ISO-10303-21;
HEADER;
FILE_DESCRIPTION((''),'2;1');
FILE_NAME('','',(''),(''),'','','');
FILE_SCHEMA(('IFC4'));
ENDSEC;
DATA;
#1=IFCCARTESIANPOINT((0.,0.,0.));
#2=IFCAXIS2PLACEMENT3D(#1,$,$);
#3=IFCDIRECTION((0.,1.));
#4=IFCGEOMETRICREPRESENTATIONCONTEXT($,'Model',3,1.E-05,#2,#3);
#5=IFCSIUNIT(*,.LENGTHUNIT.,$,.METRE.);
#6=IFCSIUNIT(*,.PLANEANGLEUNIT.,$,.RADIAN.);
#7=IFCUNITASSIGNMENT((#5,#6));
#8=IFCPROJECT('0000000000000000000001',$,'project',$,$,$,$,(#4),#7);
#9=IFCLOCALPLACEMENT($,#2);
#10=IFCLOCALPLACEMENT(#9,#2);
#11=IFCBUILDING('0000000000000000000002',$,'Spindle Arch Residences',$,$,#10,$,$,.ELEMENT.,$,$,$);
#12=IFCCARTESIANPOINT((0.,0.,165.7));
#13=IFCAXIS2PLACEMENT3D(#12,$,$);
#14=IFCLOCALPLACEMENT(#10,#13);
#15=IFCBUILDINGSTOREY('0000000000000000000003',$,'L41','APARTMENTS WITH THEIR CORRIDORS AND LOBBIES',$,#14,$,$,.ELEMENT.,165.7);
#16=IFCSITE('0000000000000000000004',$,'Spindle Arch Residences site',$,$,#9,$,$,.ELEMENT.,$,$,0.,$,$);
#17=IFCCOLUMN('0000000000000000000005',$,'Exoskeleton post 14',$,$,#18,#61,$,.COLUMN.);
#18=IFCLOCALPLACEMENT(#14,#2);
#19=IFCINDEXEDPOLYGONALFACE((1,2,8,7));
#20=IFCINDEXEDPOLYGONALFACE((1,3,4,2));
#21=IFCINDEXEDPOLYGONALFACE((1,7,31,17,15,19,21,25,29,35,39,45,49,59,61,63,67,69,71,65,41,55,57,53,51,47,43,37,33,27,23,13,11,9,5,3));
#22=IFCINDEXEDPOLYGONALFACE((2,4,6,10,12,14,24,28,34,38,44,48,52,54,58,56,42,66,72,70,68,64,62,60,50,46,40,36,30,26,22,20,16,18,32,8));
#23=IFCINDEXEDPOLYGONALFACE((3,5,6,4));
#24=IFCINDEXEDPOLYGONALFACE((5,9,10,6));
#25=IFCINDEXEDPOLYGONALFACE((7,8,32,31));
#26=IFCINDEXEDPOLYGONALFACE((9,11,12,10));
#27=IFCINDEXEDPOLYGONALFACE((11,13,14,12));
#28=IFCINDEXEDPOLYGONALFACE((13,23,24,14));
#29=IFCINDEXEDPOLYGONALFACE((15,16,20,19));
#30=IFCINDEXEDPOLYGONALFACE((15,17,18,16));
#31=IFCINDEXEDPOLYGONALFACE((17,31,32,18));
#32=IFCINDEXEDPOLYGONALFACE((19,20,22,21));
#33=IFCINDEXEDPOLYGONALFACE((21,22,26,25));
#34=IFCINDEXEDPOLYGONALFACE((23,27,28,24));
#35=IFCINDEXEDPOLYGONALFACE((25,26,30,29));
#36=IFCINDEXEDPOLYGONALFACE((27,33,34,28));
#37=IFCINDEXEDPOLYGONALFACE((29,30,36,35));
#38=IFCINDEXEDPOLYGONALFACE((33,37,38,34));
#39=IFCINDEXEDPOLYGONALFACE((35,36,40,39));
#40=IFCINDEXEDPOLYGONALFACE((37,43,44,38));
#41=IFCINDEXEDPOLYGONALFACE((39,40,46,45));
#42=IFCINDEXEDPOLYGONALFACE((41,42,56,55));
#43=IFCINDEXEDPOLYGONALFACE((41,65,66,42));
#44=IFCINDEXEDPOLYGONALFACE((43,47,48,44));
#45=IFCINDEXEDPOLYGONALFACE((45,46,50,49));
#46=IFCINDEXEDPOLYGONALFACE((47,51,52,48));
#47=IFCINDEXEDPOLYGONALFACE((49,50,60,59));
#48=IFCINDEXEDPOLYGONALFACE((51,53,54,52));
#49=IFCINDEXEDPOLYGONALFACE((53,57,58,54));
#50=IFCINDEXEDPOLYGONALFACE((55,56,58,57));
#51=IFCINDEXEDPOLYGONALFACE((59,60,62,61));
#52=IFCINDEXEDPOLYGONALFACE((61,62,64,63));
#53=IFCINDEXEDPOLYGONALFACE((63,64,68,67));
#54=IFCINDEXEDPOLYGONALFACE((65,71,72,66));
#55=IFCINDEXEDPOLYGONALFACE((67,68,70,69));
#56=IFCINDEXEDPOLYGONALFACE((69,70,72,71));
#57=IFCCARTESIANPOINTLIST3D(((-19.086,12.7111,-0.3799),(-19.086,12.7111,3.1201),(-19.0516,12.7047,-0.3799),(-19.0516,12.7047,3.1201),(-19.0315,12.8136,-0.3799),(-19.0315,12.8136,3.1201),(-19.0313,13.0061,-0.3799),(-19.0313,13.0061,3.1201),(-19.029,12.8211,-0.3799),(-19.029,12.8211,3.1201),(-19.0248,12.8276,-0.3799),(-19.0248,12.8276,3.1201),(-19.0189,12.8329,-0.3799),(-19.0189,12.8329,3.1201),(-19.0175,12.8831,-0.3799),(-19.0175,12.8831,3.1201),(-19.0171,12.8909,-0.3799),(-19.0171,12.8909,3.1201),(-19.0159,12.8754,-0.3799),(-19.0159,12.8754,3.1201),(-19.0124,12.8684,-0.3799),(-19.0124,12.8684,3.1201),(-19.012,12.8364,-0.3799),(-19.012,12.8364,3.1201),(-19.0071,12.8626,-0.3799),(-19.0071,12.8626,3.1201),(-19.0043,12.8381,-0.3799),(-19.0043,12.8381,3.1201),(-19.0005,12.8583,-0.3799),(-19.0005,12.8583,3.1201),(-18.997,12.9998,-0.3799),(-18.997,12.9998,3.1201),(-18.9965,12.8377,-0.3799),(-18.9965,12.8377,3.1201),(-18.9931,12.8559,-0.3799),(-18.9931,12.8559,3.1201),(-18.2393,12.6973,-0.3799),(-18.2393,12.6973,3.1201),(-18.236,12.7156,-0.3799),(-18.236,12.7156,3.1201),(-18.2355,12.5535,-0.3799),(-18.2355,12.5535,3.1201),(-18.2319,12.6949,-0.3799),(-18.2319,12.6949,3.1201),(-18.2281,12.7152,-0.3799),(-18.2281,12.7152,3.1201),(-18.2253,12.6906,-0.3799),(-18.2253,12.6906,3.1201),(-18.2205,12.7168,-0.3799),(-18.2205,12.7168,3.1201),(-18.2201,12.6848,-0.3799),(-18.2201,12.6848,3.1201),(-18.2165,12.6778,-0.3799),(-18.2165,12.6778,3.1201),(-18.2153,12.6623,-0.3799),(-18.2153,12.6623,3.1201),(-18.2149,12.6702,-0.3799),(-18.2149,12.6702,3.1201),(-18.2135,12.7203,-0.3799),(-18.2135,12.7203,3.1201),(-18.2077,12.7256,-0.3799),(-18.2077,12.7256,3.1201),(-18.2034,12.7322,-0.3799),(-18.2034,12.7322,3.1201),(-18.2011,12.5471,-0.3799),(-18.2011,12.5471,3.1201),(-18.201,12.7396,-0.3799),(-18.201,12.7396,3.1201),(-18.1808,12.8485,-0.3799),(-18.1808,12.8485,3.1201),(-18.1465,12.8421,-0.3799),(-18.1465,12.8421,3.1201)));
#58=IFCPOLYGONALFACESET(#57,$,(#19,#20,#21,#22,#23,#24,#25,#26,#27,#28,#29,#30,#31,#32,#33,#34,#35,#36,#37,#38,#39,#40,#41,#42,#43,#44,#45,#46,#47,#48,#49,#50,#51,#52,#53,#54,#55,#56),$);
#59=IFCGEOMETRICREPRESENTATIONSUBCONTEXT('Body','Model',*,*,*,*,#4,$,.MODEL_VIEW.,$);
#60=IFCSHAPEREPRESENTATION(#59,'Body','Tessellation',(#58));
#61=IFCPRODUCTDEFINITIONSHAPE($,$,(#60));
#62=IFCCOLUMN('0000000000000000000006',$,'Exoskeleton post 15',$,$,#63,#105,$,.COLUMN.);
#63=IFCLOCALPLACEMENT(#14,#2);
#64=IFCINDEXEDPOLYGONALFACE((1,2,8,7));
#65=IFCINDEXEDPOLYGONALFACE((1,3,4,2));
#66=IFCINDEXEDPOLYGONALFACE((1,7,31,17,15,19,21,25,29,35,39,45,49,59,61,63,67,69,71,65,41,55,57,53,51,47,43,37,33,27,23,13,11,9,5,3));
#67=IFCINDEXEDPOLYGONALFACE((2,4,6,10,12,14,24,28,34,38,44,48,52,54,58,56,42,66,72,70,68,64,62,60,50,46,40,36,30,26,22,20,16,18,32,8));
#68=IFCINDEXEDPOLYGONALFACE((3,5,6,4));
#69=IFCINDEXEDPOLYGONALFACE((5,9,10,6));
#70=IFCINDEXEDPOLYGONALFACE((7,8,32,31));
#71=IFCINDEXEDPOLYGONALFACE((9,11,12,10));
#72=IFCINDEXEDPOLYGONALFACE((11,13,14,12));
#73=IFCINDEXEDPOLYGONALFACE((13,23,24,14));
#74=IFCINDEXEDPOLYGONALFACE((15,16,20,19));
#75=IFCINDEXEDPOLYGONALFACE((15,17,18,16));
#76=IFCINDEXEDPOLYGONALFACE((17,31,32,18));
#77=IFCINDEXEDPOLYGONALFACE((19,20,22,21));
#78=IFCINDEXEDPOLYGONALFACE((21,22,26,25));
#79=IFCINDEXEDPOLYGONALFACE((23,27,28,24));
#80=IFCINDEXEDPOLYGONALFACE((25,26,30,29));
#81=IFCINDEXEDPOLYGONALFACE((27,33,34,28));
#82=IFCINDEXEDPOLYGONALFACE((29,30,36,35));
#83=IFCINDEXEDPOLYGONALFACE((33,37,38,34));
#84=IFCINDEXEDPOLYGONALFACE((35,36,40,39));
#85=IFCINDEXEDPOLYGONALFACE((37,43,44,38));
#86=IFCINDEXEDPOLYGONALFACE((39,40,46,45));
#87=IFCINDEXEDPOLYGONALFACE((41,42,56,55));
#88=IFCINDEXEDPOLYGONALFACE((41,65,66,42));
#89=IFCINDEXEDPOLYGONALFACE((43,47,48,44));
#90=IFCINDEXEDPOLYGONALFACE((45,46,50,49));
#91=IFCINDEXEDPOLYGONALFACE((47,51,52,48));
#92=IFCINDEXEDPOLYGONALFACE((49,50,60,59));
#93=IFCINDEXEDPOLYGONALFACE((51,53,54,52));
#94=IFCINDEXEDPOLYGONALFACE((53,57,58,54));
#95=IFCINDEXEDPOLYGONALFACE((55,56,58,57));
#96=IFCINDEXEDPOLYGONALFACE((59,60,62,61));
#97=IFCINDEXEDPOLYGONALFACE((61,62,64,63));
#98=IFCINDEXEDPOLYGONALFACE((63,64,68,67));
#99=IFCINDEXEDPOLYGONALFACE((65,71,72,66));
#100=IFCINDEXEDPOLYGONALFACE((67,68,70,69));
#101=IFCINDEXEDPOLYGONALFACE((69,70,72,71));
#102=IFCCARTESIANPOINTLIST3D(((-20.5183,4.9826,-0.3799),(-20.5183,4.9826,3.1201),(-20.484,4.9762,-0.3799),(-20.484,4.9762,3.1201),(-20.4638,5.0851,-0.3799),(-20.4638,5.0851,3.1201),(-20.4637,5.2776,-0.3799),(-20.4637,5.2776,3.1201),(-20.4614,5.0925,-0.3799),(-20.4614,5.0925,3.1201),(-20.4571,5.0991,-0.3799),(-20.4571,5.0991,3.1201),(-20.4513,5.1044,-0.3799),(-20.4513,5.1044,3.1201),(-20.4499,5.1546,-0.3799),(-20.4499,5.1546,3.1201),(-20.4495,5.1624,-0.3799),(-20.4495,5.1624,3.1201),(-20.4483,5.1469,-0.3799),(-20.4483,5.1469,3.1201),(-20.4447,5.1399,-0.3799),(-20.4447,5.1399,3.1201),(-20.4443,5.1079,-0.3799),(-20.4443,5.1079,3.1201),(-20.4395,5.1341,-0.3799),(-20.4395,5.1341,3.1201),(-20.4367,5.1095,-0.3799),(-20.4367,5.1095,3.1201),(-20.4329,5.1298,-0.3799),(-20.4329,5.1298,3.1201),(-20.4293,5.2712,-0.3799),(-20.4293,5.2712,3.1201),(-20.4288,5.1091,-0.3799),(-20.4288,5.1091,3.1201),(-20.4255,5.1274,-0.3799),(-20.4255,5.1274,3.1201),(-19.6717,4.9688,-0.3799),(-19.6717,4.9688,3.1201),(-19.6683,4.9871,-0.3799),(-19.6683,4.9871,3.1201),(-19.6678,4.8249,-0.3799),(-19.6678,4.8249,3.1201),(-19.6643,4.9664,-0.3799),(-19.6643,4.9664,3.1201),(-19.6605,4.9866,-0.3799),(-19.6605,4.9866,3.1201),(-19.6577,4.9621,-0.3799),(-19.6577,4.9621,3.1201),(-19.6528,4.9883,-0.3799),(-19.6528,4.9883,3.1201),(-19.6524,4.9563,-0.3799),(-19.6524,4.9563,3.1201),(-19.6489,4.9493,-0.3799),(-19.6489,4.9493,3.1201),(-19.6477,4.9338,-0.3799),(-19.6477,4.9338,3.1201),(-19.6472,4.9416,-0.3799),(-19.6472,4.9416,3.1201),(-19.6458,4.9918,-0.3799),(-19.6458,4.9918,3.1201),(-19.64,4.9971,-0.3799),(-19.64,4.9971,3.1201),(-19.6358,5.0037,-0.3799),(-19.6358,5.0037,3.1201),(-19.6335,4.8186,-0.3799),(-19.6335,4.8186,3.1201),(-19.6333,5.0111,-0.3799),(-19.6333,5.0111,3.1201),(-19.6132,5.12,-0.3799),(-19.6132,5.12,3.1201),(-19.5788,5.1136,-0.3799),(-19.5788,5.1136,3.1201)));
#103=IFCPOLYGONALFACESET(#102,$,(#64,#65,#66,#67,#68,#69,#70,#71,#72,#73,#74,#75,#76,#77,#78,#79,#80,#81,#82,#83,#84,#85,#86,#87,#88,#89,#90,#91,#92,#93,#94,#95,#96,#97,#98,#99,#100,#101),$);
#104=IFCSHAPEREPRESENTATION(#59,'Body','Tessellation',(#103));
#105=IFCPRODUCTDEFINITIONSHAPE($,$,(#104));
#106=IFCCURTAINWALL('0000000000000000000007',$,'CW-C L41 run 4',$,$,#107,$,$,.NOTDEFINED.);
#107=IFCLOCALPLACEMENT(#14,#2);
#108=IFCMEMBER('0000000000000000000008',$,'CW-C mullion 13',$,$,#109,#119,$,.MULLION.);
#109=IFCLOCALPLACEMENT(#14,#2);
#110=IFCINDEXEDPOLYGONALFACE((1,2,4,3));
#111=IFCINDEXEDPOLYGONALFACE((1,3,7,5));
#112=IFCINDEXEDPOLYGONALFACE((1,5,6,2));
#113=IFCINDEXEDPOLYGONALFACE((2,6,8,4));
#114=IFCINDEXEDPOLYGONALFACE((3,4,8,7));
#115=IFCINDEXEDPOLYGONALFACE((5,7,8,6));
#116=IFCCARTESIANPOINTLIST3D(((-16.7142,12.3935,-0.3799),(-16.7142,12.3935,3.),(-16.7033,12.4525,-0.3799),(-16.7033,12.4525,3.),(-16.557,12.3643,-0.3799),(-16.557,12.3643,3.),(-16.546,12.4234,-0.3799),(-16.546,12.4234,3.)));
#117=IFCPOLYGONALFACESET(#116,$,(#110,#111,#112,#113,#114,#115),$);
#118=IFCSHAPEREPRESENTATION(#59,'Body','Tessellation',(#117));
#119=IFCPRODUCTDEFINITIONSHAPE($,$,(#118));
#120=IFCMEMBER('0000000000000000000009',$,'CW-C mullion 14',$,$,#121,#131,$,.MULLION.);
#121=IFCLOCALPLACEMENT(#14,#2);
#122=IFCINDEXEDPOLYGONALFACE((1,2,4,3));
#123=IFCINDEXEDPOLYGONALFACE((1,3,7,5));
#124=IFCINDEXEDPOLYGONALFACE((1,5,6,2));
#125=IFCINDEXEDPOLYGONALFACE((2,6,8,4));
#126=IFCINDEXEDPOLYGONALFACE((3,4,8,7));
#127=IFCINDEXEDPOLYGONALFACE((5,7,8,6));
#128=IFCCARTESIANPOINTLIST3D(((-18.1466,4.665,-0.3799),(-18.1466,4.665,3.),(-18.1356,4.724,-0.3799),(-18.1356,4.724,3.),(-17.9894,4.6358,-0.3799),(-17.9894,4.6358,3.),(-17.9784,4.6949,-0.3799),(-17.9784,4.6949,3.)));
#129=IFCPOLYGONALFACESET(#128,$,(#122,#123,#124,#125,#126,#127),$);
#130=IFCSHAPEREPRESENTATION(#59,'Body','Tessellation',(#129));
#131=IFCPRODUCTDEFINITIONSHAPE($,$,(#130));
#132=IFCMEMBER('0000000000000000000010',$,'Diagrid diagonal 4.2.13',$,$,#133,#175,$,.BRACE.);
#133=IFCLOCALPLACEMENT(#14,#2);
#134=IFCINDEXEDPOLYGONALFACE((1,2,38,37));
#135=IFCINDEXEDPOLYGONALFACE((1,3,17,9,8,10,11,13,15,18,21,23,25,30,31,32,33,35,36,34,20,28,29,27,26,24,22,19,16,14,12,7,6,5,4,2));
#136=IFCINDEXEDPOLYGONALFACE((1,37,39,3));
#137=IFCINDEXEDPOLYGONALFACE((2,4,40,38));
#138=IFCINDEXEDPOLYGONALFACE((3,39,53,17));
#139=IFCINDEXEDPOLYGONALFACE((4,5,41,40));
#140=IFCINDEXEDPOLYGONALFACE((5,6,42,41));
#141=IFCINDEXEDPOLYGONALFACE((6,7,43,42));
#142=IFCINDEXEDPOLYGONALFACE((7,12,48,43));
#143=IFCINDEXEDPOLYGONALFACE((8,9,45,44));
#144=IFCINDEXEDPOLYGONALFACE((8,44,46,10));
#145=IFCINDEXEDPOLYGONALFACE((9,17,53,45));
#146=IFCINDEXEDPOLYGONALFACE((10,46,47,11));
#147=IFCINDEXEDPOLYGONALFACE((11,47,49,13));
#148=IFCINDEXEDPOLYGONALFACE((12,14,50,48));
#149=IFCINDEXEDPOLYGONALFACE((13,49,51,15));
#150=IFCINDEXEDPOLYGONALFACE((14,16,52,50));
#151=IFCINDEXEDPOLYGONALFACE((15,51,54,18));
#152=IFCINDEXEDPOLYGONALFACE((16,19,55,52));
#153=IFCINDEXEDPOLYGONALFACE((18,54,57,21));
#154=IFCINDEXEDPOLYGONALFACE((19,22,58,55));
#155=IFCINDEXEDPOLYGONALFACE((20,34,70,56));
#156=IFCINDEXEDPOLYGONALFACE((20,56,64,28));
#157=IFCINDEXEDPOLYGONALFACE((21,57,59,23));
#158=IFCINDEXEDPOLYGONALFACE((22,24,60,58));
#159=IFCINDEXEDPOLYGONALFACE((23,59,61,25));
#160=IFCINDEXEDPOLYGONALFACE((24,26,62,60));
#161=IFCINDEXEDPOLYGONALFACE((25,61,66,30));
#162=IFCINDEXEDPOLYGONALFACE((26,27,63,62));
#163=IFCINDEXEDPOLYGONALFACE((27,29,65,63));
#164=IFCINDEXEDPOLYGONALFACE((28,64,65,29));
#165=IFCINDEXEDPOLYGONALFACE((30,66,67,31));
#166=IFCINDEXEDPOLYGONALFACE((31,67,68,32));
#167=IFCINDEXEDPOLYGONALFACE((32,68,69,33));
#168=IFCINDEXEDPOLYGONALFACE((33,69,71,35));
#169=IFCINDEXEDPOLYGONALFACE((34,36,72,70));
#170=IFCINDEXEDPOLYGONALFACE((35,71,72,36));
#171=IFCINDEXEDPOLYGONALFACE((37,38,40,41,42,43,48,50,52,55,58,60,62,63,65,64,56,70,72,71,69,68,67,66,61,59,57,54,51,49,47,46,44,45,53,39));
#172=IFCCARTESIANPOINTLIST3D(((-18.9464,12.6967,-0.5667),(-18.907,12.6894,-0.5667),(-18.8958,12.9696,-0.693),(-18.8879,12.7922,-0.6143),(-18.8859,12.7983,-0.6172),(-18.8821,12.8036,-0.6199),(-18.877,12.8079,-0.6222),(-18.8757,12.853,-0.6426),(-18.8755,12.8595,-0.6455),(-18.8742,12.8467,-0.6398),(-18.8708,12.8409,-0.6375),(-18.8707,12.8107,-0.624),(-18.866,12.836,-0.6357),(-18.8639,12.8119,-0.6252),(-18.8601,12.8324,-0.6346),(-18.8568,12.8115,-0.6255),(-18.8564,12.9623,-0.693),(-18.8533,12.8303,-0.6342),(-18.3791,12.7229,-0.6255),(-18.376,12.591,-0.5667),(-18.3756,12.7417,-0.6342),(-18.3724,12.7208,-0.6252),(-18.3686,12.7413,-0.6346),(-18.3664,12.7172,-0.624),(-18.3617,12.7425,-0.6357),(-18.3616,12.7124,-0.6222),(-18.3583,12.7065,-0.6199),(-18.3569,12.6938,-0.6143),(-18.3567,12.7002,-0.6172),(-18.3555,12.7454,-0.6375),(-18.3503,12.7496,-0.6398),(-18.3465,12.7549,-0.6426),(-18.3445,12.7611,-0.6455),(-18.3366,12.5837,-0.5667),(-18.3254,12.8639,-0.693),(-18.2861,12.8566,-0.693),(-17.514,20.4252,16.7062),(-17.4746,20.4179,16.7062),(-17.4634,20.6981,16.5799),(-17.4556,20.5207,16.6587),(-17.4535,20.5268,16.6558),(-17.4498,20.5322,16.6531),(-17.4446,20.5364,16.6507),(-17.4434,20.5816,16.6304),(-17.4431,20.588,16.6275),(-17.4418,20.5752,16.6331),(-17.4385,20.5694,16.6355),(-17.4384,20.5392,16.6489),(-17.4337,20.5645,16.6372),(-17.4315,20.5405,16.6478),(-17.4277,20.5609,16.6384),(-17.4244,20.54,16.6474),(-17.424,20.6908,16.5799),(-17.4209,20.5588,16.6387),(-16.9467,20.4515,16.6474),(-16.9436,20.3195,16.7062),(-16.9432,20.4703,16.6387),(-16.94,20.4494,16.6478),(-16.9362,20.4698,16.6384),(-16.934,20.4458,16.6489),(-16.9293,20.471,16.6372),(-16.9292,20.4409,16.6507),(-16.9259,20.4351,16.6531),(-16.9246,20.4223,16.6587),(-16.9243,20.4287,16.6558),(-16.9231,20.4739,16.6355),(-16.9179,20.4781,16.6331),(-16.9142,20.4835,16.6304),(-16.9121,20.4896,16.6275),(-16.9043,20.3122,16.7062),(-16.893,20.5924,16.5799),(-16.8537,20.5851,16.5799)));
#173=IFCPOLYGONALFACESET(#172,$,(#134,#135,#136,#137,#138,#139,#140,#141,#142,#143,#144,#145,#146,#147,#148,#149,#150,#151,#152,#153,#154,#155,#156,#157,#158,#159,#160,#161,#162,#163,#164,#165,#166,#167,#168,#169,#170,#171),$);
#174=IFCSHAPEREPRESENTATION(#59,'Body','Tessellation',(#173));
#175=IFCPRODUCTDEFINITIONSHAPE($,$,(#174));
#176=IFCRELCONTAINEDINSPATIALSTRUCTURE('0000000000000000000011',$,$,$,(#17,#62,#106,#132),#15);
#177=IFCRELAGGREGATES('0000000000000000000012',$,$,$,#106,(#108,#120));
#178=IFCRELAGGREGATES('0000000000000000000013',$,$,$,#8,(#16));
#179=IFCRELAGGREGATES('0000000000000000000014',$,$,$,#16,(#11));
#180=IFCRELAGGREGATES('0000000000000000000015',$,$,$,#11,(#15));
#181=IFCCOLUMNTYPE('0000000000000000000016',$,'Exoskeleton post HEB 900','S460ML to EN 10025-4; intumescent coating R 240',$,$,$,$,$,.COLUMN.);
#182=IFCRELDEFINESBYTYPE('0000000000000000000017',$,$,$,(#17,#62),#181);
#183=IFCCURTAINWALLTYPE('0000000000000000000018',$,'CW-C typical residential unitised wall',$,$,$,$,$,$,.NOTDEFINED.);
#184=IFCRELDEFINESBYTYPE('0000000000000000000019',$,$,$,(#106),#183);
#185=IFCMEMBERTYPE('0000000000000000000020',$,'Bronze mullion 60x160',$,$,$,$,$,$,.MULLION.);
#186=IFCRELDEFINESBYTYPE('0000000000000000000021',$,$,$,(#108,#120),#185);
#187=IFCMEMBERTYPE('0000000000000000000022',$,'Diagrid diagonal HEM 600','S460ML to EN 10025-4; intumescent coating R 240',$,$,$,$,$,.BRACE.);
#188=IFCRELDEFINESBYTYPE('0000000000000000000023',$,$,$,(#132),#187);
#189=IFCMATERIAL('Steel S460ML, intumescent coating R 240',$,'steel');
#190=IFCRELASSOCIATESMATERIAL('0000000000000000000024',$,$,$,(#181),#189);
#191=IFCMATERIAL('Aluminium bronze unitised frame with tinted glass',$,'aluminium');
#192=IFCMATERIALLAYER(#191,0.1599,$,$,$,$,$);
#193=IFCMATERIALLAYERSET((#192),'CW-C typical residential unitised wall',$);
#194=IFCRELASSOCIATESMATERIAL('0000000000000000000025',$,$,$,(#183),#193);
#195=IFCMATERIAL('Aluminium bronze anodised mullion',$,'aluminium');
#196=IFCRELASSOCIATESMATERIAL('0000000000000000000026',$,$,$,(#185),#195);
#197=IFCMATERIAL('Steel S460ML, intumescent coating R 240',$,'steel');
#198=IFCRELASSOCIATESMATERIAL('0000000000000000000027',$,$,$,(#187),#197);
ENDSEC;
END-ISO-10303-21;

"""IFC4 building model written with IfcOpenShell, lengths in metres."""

from ifc_helpers import new_model, si_unit, direction, frame, origin, origin_2d, place, context, subcontext, project, spatial, rectangle, i_section, extrude, material, layer, layer_set, material_profile, profile_set, type_object, element, aggregate, save


model = new_model("IFC4")

# Units and contexts
model_context = context("Model", 3, precision=1e-05, world=origin(), true_north=direction((0.0, 1.0)))
body_context = subcontext(model_context, "Body", "Model", "MODEL_VIEW")
ifc_project = project(units=[si_unit("LENGTHUNIT", "METRE"), si_unit("PLANEANGLEUNIT", "RADIAN")], contexts=[model_context])

# Site, building, storey
site_placement = place(None, origin())
site = spatial("IfcSite", under=ifc_project, at=site_placement, Name="Spindle Arch Residences site", CompositionType="ELEMENT", RefElevation=0.0)
building_placement = place(site_placement, origin())
building = spatial("IfcBuilding", under=site, at=building_placement, Name="Spindle Arch Residences", CompositionType="ELEMENT")
storey_placement = place(building_placement, frame((0.0, 0.0, 165.7)))
storey = spatial("IfcBuildingStorey", under=building, at=storey_placement, Name="L41", Description="APARTMENTS WITH THEIR CORRIDORS AND LOBBIES", CompositionType="ELEMENT", Elevation=165.7)

# Columns
ifc_material_1 = material(Name="Steel S460ML, intumescent coating R 240", Category="steel")
ifc_material_profile_1 = material_profile(ifc_material_1, i_section(OverallWidth=0.3, OverallDepth=0.8999, WebThickness=0.0186, FlangeThickness=0.0349, FilletRadius=0.03, at=origin_2d()), Name="HEB 900")
ifc_profile_set_1 = profile_set([ifc_material_profile_1], Name="Steel S460ML, intumescent coating R 240")
column_type = type_object("IfcColumnType", Name="Exoskeleton post HEB 900", Description="S460ML to EN 10025-4; intumescent coating R 240", PredefinedType="COLUMN", material=ifc_profile_set_1)
for number, where, z_axis, x_axis, name in (
    (1, (-18.6162, 12.7766, -0.3799), (0.0, 0.0, 1.0), (0.182236, 0.983255, 0.0), "Exoskeleton post 14"),
    (2, (-20.0486, 5.0481, -0.3799), (0.0, 0.0, 1.0), (0.182236, 0.983255, 0.0), "Exoskeleton post 15"),
):
    element("IfcColumn", number, at=place(storey_placement, frame(where, z_axis=z_axis, x_axis=x_axis)), inside=storey, type_object=column_type, Name=name, PredefinedType="COLUMN", context=body_context, shape_type="SweptSolid", body=[
        extrude(i_section(OverallWidth=0.3, OverallDepth=0.8999, WebThickness=0.0186, FlangeThickness=0.0349, FilletRadius=0.03, at=origin_2d()), origin(), (0.0, 0.0, 1.0), 3.5),
    ])

# Curtain wall, members
ifc_material_2 = material(Name="Aluminium bronze unitised frame with tinted glass", Category="aluminium")
ifc_layer_1 = layer(ifc_material_2, 0.1599)
ifc_layer_set_1 = layer_set([ifc_layer_1], Name="CW-C typical residential unitised wall")
curtain_wall_type = type_object("IfcCurtainWallType", Name="CW-C typical residential unitised wall", PredefinedType="NOTDEFINED", material=ifc_layer_set_1)
curtain_wall_placement = place(storey_placement, origin())
curtain_wall = element("IfcCurtainWall", 3, at=curtain_wall_placement, inside=storey, type_object=curtain_wall_type, Name="CW-C L41 run 4", PredefinedType="NOTDEFINED")
ifc_material_3 = material(Name="Aluminium bronze anodised mullion", Category="aluminium")
ifc_material_profile_2 = material_profile(ifc_material_3, rectangle(XDim=0.1599, YDim=0.0601, at=origin_2d()), Name="MU 60x160")
ifc_profile_set_2 = profile_set([ifc_material_profile_2], Name="Aluminium bronze anodised mullion")
member_type_1 = type_object("IfcMemberType", Name="Bronze mullion 60x160", PredefinedType="MULLION", material=ifc_profile_set_2)
member_1_placement = place(storey_placement, frame((-16.6301, 12.4084, -0.3799), z_axis=(0.0, 0.0, 1.0), x_axis=(0.983255, -0.182236, 0.0)))
member_1 = element("IfcMember", 4, at=member_1_placement, type_object=member_type_1, Name="CW-C mullion 13", PredefinedType="MULLION", context=body_context, shape_type="SweptSolid", body=[
    extrude(rectangle(XDim=0.1599, YDim=0.0601, at=origin_2d()), origin(), (0.0, 0.0, 1.0), 3.3799),
])
member_2_placement = place(storey_placement, frame((-18.0625, 4.6799, -0.3799), z_axis=(0.0, 0.0, 1.0), x_axis=(0.983255, -0.182236, 0.0)))
member_2 = element("IfcMember", 5, at=member_2_placement, type_object=member_type_1, Name="CW-C mullion 14", PredefinedType="MULLION", context=body_context, shape_type="SweptSolid", body=[
    extrude(rectangle(XDim=0.1599, YDim=0.0601, at=origin_2d()), origin(), (0.0, 0.0, 1.0), 3.3799),
])

# Member
ifc_material_4 = material(Name="Steel S460ML, intumescent coating R 240", Category="steel")
ifc_material_profile_3 = material_profile(ifc_material_4, i_section(OverallWidth=0.3049, OverallDepth=0.6201, WebThickness=0.021, FlangeThickness=0.04, FilletRadius=0.0271, at=origin_2d()), Name="HEM 600")
ifc_profile_set_3 = profile_set([ifc_material_profile_3], Name="Steel S460ML, intumescent coating R 240")
member_type_2 = type_object("IfcMemberType", Name="Diagrid diagonal HEM 600", Description="S460ML to EN 10025-4; intumescent coating R 240", PredefinedType="BRACE", material=ifc_profile_set_3)
for number, where, z_axis, x_axis, name in (
    (6, (-18.6162, 12.7766, -0.6299), (0.075478, 0.407251, 0.910192), (-0.165867, -0.894951, 0.414187), "Diagrid diagonal 4.2.13"),
):
    element("IfcMember", number, at=place(storey_placement, frame(where, z_axis=z_axis, x_axis=x_axis)), inside=storey, type_object=member_type_2, Name=name, PredefinedType="BRACE", context=body_context, shape_type="SweptSolid", body=[
        extrude(i_section(OverallWidth=0.3049, OverallDepth=0.6201, WebThickness=0.021, FlangeThickness=0.04, FilletRadius=0.0271, at=origin_2d()), origin(), (0.0, 0.0, 1.0), 18.9773),
    ])

aggregate(curtain_wall, [member_1, member_2])

save(model, "model.ifc")
